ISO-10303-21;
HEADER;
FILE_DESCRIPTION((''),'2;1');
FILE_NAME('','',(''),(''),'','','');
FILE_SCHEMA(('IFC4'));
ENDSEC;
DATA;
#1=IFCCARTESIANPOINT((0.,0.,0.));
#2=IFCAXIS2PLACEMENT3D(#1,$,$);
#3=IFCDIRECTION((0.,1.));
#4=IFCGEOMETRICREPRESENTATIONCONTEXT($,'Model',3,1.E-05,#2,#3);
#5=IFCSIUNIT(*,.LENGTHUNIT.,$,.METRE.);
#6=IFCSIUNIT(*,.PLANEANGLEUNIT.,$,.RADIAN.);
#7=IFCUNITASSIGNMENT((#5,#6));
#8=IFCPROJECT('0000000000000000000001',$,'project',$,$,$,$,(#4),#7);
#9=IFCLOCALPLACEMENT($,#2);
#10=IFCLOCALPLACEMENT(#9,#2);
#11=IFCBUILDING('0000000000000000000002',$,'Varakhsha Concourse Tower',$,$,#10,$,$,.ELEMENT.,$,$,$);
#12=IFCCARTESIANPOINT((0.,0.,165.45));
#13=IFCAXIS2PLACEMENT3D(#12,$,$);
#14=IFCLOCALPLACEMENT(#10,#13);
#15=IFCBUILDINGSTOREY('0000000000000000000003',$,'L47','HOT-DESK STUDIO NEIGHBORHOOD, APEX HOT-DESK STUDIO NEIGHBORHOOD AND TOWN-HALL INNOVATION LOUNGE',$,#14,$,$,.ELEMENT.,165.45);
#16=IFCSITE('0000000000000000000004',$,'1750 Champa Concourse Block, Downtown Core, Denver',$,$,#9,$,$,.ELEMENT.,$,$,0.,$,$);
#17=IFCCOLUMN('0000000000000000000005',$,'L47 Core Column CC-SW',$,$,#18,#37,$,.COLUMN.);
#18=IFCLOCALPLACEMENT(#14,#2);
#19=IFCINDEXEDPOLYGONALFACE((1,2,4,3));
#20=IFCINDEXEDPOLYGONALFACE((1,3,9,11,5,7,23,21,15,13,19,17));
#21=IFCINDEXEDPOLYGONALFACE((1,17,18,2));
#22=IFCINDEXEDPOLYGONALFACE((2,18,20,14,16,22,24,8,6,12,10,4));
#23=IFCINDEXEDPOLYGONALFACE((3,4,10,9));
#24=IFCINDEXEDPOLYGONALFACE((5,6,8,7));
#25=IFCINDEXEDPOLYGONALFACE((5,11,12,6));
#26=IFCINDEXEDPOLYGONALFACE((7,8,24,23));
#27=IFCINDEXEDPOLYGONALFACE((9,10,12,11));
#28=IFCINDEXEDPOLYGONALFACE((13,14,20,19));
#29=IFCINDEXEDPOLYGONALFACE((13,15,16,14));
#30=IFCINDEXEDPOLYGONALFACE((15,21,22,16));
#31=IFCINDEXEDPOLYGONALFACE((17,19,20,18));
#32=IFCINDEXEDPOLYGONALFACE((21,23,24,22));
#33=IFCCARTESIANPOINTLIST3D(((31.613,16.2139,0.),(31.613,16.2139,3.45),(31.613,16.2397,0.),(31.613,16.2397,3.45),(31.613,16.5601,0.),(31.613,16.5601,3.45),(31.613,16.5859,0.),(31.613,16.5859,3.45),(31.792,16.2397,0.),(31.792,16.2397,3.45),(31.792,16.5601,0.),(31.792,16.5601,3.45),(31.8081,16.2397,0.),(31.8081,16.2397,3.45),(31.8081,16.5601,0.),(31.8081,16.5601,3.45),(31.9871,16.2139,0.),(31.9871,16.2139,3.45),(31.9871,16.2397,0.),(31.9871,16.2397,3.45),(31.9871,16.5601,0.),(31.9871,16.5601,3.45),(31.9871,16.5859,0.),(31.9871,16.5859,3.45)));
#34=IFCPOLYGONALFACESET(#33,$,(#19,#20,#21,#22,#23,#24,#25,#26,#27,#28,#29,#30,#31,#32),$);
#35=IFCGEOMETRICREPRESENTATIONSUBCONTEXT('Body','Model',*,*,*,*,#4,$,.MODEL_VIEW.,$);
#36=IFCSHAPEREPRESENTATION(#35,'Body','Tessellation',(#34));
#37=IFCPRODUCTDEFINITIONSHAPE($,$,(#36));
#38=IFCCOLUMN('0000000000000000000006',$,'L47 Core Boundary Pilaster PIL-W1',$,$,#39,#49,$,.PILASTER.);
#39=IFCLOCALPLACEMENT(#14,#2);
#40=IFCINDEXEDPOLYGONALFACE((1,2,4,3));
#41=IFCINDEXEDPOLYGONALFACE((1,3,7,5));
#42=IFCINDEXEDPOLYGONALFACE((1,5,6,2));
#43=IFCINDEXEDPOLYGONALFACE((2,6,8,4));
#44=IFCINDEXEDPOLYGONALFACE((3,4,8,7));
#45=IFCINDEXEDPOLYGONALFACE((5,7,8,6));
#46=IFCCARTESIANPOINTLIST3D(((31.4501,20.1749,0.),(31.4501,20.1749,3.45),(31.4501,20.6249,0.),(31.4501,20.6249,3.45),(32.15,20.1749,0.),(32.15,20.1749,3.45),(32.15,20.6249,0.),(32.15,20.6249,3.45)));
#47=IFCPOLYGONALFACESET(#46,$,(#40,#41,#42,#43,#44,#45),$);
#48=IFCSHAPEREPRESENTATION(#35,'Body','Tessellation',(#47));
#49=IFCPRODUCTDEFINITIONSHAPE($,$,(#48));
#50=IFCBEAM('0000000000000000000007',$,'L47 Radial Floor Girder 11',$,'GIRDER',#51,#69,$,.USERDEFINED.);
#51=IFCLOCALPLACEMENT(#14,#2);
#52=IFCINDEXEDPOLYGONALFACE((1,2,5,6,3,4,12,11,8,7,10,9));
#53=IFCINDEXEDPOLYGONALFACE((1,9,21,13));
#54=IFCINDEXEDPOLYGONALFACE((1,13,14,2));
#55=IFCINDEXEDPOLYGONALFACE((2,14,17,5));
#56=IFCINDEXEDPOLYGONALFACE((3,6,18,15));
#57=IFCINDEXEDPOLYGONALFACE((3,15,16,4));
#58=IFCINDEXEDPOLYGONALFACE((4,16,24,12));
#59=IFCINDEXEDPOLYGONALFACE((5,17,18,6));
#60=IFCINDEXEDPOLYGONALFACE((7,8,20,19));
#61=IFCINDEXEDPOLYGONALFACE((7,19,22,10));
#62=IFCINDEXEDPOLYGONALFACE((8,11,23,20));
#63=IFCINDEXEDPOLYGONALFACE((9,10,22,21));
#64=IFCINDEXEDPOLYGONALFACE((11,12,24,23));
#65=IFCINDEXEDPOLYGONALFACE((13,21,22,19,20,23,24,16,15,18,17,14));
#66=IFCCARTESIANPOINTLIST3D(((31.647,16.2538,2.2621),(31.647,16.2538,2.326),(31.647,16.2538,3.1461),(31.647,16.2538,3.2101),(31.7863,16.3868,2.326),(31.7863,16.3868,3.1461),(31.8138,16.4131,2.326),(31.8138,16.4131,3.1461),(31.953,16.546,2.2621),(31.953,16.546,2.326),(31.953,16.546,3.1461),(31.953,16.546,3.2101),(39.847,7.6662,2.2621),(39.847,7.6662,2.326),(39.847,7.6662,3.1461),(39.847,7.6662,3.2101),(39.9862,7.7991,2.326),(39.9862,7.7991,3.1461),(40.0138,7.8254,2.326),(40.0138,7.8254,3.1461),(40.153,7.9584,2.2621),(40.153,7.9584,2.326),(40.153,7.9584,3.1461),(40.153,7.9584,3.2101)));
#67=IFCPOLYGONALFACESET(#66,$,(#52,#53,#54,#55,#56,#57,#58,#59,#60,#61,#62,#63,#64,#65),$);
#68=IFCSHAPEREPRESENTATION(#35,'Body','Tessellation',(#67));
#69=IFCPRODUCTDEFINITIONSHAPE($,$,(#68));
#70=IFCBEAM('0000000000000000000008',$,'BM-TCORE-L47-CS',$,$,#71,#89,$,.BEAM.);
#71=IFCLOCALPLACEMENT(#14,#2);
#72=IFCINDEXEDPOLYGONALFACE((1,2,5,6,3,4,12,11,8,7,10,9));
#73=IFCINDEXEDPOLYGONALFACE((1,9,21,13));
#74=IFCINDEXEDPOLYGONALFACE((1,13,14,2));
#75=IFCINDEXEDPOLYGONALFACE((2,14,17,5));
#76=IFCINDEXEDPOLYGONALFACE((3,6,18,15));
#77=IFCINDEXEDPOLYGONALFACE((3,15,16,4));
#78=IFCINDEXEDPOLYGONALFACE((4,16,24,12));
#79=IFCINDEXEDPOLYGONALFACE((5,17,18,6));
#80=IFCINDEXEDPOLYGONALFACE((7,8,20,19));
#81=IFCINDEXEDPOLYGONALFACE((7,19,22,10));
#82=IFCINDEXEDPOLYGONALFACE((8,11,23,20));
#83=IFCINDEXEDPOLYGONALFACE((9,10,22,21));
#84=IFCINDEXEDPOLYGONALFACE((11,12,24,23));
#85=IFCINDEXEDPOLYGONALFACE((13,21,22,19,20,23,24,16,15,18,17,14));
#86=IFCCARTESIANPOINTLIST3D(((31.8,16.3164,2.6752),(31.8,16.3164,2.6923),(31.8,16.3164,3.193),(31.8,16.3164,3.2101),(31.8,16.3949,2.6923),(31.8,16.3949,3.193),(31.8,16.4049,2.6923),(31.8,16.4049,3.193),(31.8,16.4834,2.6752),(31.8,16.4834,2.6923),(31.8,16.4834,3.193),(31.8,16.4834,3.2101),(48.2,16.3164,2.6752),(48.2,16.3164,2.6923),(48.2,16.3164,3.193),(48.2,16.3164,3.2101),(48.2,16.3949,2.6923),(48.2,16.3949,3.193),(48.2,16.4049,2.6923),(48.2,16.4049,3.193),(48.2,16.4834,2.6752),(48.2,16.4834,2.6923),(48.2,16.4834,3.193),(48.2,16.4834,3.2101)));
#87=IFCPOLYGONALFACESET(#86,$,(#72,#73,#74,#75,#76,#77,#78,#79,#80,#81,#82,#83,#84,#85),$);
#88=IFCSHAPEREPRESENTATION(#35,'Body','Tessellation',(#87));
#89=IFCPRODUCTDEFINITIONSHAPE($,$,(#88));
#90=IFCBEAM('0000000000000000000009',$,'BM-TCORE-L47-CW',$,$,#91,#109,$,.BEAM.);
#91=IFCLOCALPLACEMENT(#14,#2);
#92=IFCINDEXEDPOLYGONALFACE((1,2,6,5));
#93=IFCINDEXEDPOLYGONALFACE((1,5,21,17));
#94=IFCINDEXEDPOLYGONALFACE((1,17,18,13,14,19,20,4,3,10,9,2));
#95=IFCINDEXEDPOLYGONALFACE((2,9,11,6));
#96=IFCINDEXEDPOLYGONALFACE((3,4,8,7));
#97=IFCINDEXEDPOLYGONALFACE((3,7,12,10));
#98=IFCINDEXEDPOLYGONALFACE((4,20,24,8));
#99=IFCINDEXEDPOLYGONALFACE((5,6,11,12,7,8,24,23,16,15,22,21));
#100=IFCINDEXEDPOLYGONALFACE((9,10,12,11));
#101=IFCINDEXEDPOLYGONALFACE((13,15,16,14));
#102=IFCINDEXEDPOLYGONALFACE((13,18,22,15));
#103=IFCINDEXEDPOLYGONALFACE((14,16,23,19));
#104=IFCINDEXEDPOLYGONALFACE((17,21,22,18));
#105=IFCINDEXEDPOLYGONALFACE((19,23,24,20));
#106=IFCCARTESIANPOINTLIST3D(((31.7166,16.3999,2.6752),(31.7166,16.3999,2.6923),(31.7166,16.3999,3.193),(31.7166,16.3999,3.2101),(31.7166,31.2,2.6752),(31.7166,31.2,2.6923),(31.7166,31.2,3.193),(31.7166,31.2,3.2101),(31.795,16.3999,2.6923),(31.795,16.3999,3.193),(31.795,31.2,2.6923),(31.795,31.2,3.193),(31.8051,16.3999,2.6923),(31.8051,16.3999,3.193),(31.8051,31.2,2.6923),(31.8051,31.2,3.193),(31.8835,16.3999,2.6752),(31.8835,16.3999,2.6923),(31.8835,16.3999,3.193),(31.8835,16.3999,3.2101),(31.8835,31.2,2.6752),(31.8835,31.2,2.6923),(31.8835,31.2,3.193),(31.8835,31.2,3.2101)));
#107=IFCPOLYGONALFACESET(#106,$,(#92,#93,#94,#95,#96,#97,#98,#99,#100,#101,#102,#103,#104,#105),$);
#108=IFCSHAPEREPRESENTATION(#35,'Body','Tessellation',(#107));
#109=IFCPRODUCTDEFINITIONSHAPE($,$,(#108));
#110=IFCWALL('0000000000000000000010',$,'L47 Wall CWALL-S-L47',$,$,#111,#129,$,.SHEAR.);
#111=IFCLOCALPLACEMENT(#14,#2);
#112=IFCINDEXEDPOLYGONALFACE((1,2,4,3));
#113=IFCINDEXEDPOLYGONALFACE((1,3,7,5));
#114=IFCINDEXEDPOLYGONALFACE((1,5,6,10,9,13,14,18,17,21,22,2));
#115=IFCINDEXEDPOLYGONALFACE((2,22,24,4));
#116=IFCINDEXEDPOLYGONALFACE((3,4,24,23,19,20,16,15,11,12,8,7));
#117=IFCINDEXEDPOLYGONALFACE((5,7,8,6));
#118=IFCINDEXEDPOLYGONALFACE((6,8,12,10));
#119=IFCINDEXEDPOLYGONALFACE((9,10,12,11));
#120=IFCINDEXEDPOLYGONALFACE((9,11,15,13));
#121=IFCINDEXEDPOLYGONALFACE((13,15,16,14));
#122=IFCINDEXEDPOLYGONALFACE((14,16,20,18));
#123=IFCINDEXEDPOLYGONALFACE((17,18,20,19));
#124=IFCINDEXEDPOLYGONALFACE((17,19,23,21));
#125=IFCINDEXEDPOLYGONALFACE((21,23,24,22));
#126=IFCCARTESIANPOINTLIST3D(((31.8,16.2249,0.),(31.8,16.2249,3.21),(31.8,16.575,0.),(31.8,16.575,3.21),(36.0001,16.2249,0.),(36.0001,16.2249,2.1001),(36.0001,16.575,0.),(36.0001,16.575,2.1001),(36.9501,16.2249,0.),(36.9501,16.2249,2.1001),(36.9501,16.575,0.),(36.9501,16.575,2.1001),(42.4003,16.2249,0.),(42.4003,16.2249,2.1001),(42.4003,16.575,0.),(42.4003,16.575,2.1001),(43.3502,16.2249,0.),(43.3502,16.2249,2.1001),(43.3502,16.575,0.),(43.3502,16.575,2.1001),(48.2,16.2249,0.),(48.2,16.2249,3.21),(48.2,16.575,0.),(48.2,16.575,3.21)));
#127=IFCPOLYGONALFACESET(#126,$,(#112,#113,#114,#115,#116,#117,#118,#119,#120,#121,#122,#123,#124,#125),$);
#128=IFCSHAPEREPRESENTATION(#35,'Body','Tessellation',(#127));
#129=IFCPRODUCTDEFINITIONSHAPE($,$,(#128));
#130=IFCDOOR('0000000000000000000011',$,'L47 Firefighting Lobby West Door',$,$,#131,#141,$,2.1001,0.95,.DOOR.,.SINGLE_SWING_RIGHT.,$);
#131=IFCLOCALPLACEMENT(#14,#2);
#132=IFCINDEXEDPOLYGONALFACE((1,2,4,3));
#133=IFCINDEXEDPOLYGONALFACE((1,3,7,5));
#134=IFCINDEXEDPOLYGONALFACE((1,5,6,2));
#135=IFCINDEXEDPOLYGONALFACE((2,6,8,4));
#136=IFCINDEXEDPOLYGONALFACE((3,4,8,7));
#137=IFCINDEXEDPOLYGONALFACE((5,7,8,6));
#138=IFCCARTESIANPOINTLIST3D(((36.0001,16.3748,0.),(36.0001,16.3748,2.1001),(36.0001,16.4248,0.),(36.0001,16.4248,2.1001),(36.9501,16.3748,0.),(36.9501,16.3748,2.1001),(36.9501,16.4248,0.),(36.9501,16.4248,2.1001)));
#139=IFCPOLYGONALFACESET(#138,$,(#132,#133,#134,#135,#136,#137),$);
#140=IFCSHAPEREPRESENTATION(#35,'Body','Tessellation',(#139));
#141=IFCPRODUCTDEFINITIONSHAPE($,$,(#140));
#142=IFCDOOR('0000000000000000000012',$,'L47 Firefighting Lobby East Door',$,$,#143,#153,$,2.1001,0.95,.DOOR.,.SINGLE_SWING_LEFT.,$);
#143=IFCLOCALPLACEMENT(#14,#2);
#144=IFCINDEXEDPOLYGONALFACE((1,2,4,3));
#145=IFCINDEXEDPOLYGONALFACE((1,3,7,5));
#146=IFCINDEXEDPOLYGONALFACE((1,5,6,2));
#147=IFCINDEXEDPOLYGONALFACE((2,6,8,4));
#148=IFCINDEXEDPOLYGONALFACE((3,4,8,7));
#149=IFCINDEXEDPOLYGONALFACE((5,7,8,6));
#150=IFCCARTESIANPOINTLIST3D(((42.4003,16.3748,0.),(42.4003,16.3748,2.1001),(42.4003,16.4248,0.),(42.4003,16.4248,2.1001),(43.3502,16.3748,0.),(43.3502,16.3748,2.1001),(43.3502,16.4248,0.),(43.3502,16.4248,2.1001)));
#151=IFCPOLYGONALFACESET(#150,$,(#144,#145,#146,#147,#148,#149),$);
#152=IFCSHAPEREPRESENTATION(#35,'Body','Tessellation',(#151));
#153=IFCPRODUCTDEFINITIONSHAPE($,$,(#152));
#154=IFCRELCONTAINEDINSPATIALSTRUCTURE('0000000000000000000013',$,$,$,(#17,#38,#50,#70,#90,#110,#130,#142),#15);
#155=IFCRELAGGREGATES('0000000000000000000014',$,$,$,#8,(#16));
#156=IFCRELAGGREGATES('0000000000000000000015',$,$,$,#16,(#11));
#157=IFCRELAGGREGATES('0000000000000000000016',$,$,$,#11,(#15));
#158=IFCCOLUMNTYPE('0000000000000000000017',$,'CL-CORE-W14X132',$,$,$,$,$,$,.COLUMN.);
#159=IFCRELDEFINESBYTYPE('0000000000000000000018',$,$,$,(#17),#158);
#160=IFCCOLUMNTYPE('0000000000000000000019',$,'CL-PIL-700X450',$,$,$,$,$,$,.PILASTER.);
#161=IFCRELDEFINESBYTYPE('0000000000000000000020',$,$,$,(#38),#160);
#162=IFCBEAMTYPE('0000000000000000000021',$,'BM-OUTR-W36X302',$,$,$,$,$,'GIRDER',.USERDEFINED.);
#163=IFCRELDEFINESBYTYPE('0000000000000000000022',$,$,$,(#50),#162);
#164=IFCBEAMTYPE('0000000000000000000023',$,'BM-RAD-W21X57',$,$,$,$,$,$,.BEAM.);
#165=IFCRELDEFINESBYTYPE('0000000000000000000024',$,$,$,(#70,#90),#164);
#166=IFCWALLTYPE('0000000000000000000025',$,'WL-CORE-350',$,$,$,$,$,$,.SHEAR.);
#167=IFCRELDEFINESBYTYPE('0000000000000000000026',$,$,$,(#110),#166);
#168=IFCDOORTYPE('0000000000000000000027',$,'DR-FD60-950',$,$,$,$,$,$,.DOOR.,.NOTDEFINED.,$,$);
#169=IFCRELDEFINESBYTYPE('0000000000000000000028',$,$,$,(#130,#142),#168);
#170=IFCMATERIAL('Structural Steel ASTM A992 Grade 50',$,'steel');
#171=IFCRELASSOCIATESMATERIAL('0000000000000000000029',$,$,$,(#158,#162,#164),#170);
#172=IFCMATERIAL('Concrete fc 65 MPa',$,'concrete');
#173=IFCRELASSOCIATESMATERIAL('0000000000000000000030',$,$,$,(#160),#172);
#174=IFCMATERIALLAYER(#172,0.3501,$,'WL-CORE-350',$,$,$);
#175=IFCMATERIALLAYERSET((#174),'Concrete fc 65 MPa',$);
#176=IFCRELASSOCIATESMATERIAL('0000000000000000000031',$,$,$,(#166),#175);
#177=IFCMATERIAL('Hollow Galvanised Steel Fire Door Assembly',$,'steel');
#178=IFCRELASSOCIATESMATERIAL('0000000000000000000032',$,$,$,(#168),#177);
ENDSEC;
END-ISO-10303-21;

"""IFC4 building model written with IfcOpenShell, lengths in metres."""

from ifc_helpers import new_model, si_unit, direction, frame, frame_2d, origin, origin_2d, place, context, subcontext, project, spatial, rectangle, i_section, extrude, material, layer, layer_set, material_profile, profile_set, type_object, element, fill, save


model = new_model("IFC4")

# Units and contexts
model_context = context("Model", 3, precision=1e-05, world=origin(), true_north=direction((0.0, 1.0)))
body_context = subcontext(model_context, "Body", "Model", "MODEL_VIEW")
ifc_project = project(units=[si_unit("LENGTHUNIT", "METRE"), si_unit("PLANEANGLEUNIT", "RADIAN")], contexts=[model_context])

# Site, building, storey
site_placement = place(None, origin())
site = spatial("IfcSite", under=ifc_project, at=site_placement, Name="1750 Champa Concourse Block, Downtown Core, Denver", CompositionType="ELEMENT", RefElevation=0.0)
building_placement = place(site_placement, origin())
building = spatial("IfcBuilding", under=site, at=building_placement, Name="Varakhsha Concourse Tower", CompositionType="ELEMENT")
storey_placement = place(building_placement, frame((0.0, 0.0, 165.45)))
storey = spatial("IfcBuildingStorey", under=building, at=storey_placement, Name="L47", Description="HOT-DESK STUDIO NEIGHBORHOOD, APEX HOT-DESK STUDIO NEIGHBORHOOD AND TOWN-HALL INNOVATION LOUNGE", CompositionType="ELEMENT", Elevation=165.45)

# Columns
ifc_material_1 = material(Name="Structural Steel ASTM A992 Grade 50", Category="steel")
ifc_material_profile_1 = material_profile(ifc_material_1, i_section(OverallWidth=0.374, OverallDepth=0.3721, WebThickness=0.0161, FlangeThickness=0.0259, at=origin_2d()), Name="W14X132")
ifc_profile_set_1 = profile_set([ifc_material_profile_1], Name="Structural Steel ASTM A992 Grade 50")
column_type_1 = type_object("IfcColumnType", Name="CL-CORE-W14X132", PredefinedType="COLUMN", material=ifc_profile_set_1)
column_1_placement = place(storey_placement, frame((31.8, 16.3999, 0.0), z_axis=(0.0, 0.0, 1.0), x_axis=(1.0, 0.0, 0.0)))
element("IfcColumn", 1, at=column_1_placement, inside=storey, type_object=column_type_1, Name="L47 Core Column CC-SW", PredefinedType="COLUMN", context=body_context, shape_type="SweptSolid", body=[
    extrude(i_section(OverallWidth=0.374, OverallDepth=0.3721, WebThickness=0.0161, FlangeThickness=0.0259, at=origin_2d()), origin(), (0.0, 0.0, 1.0), 3.45),
])
ifc_material_2 = material(Name="Concrete fc 65 MPa", Category="concrete")
ifc_material_profile_2 = material_profile(ifc_material_2, rectangle(XDim=0.7, YDim=0.45, at=origin_2d()), Name="RC 700x450")
ifc_profile_set_2 = profile_set([ifc_material_profile_2], Name="Concrete fc 65 MPa")
column_type_2 = type_object("IfcColumnType", Name="CL-PIL-700X450", PredefinedType="PILASTER", material=ifc_profile_set_2)
column_2_placement = place(storey_placement, frame((31.8, 20.3999, 0.0), z_axis=(0.0, 0.0, 1.0), x_axis=(1.0, 0.0, 0.0)))
element("IfcColumn", 2, at=column_2_placement, inside=storey, type_object=column_type_2, Name="L47 Core Boundary Pilaster PIL-W1", PredefinedType="PILASTER", context=body_context, shape_type="SweptSolid", body=[
    extrude(rectangle(XDim=0.7, YDim=0.45, at=origin_2d()), origin(), (0.0, 0.0, 1.0), 3.45),
])

# Beams
ifc_material_profile_3 = material_profile(ifc_material_1, i_section(OverallWidth=0.4231, OverallDepth=0.948, WebThickness=0.0381, FlangeThickness=0.064, at=origin_2d()), Name="W36X302")
ifc_profile_set_3 = profile_set([ifc_material_profile_3], Name="Structural Steel ASTM A992 Grade 50")
beam_type_1 = type_object("IfcBeamType", Name="BM-OUTR-W36X302", ElementType="GIRDER", PredefinedType="USERDEFINED", material=ifc_profile_set_3)
beam_1_placement = place(storey_placement, frame((31.8, 16.3999, 2.7361), z_axis=(0.690593, -0.723244, 0.0), x_axis=(0.723244, 0.690593, 0.0)))
element("IfcBeam", 3, at=beam_1_placement, inside=storey, type_object=beam_type_1, Name="L47 Radial Floor Girder 11", ObjectType="GIRDER", PredefinedType="USERDEFINED", context=body_context, shape_type="SweptSolid", body=[
    extrude(i_section(OverallWidth=0.4231, OverallDepth=0.948, WebThickness=0.0381, FlangeThickness=0.064, at=origin_2d()), origin(), (0.0, 0.0, 1.0), 11.8738),
])
ifc_material_profile_4 = material_profile(ifc_material_1, i_section(OverallWidth=0.167, OverallDepth=0.5349, WebThickness=0.01, FlangeThickness=0.0171, at=origin_2d()), Name="W21X57")
ifc_profile_set_4 = profile_set([ifc_material_profile_4], Name="Structural Steel ASTM A992 Grade 50")
beam_type_2 = type_object("IfcBeamType", Name="BM-RAD-W21X57", PredefinedType="BEAM", material=ifc_profile_set_4)
beam_2_placement = place(storey_placement, frame((31.8, 16.3999, 2.9426), z_axis=(1.0, 0.0, 0.0), x_axis=(0.0, 1.0, 0.0)))
element("IfcBeam", 4, at=beam_2_placement, inside=storey, type_object=beam_type_2, Name="BM-TCORE-L47-CS", PredefinedType="BEAM", context=body_context, shape_type="SweptSolid", body=[
    extrude(i_section(OverallWidth=0.167, OverallDepth=0.5349, WebThickness=0.01, FlangeThickness=0.0171, at=origin_2d()), origin(), (0.0, 0.0, 1.0), 16.3999),
])
beam_3_placement = place(storey_placement, frame((31.8, 16.3999, 2.9426), z_axis=(0.0, 1.0, 0.0), x_axis=(-1.0, 0.0, 0.0)))
element("IfcBeam", 5, at=beam_3_placement, inside=storey, type_object=beam_type_2, Name="BM-TCORE-L47-CW", PredefinedType="BEAM", context=body_context, shape_type="SweptSolid", body=[
    extrude(i_section(OverallWidth=0.167, OverallDepth=0.5349, WebThickness=0.01, FlangeThickness=0.0171, at=origin_2d()), origin(), (0.0, 0.0, 1.0), 14.8),
])

# Wall, openings, doors
ifc_layer_1 = layer(ifc_material_2, 0.3501, Name="WL-CORE-350")
ifc_layer_set_1 = layer_set([ifc_layer_1], Name="Concrete fc 65 MPa")
wall_type_1 = type_object("IfcWallType", Name="WL-CORE-350", PredefinedType="SHEAR", material=ifc_layer_set_1)
wall_1_placement = place(storey_placement, frame((31.8, 16.3999, 0.0), z_axis=(0.0, 0.0, 1.0), x_axis=(1.0, 0.0, 0.0)))
wall_1 = element("IfcWall", 6, at=wall_1_placement, inside=storey, type_object=wall_type_1, Name="L47 Wall CWALL-S-L47", PredefinedType="SHEAR", context=body_context, shape_type="SweptSolid", body=[
    extrude(rectangle(XDim=16.3999, YDim=0.3501, at=frame_2d((8.2, 0.0))), origin(), (0.0, 0.0, 1.0), 3.21),
])
opening_1_placement = place(wall_1_placement, frame((4.2, 0.0, 0.0)))
opening_1 = element("IfcOpeningElement", 7, at=opening_1_placement, cuts=wall_1, PredefinedType="OPENING", context=body_context, shape_type="SweptSolid", body=[
    extrude(rectangle(XDim=0.95, YDim=2.1001, at=frame_2d((0.4751, 1.05))), frame((0.0, 0.1851, 0.0), z_axis=(0.0, -1.0, 0.0), x_axis=(1.0, 0.0, 0.0)), (0.0, 0.0, 1.0), 0.3701),
])
opening_2_placement = place(wall_1_placement, frame((10.6001, 0.0, 0.0)))
opening_2 = element("IfcOpeningElement", 8, at=opening_2_placement, cuts=wall_1, PredefinedType="OPENING", context=body_context, shape_type="SweptSolid", body=[
    extrude(rectangle(XDim=0.95, YDim=2.1001, at=frame_2d((0.4751, 1.05))), frame((0.0, 0.1851, 0.0), z_axis=(0.0, -1.0, 0.0), x_axis=(1.0, 0.0, 0.0)), (0.0, 0.0, 1.0), 0.3701),
])
ifc_material_3 = material(Name="Hollow Galvanised Steel Fire Door Assembly", Category="steel")
door_type_1 = type_object("IfcDoorType", Name="DR-FD60-950", OperationType="NOTDEFINED", PredefinedType="DOOR", material=ifc_material_3)
door_1_placement = place(opening_1_placement, origin())
door_1 = element("IfcDoor", 9, at=door_1_placement, inside=storey, type_object=door_type_1, Name="L47 Firefighting Lobby West Door", OperationType="SINGLE_SWING_RIGHT", OverallHeight=2.1001, OverallWidth=0.95, PredefinedType="DOOR", context=body_context, shape_type="SweptSolid", body=[
    extrude(rectangle(XDim=0.95, YDim=2.1001, at=frame_2d((0.4751, 1.05))), frame((0.0, 0.0249, 0.0), z_axis=(0.0, -1.0, 0.0), x_axis=(1.0, 0.0, 0.0)), (0.0, 0.0, 1.0), 0.05),
])
fill(opening_1, door_1)
door_2_placement = place(opening_2_placement, origin())
door_2 = element("IfcDoor", 10, at=door_2_placement, inside=storey, type_object=door_type_1, Name="L47 Firefighting Lobby East Door", OperationType="SINGLE_SWING_LEFT", OverallHeight=2.1001, OverallWidth=0.95, PredefinedType="DOOR", context=body_context, shape_type="SweptSolid", body=[
    extrude(rectangle(XDim=0.95, YDim=2.1001, at=frame_2d((0.4751, 1.05))), frame((0.0, 0.0249, 0.0), z_axis=(0.0, -1.0, 0.0), x_axis=(1.0, 0.0, 0.0)), (0.0, 0.0, 1.0), 0.05),
])
fill(opening_2, door_2)

save(model, "model.ifc")
